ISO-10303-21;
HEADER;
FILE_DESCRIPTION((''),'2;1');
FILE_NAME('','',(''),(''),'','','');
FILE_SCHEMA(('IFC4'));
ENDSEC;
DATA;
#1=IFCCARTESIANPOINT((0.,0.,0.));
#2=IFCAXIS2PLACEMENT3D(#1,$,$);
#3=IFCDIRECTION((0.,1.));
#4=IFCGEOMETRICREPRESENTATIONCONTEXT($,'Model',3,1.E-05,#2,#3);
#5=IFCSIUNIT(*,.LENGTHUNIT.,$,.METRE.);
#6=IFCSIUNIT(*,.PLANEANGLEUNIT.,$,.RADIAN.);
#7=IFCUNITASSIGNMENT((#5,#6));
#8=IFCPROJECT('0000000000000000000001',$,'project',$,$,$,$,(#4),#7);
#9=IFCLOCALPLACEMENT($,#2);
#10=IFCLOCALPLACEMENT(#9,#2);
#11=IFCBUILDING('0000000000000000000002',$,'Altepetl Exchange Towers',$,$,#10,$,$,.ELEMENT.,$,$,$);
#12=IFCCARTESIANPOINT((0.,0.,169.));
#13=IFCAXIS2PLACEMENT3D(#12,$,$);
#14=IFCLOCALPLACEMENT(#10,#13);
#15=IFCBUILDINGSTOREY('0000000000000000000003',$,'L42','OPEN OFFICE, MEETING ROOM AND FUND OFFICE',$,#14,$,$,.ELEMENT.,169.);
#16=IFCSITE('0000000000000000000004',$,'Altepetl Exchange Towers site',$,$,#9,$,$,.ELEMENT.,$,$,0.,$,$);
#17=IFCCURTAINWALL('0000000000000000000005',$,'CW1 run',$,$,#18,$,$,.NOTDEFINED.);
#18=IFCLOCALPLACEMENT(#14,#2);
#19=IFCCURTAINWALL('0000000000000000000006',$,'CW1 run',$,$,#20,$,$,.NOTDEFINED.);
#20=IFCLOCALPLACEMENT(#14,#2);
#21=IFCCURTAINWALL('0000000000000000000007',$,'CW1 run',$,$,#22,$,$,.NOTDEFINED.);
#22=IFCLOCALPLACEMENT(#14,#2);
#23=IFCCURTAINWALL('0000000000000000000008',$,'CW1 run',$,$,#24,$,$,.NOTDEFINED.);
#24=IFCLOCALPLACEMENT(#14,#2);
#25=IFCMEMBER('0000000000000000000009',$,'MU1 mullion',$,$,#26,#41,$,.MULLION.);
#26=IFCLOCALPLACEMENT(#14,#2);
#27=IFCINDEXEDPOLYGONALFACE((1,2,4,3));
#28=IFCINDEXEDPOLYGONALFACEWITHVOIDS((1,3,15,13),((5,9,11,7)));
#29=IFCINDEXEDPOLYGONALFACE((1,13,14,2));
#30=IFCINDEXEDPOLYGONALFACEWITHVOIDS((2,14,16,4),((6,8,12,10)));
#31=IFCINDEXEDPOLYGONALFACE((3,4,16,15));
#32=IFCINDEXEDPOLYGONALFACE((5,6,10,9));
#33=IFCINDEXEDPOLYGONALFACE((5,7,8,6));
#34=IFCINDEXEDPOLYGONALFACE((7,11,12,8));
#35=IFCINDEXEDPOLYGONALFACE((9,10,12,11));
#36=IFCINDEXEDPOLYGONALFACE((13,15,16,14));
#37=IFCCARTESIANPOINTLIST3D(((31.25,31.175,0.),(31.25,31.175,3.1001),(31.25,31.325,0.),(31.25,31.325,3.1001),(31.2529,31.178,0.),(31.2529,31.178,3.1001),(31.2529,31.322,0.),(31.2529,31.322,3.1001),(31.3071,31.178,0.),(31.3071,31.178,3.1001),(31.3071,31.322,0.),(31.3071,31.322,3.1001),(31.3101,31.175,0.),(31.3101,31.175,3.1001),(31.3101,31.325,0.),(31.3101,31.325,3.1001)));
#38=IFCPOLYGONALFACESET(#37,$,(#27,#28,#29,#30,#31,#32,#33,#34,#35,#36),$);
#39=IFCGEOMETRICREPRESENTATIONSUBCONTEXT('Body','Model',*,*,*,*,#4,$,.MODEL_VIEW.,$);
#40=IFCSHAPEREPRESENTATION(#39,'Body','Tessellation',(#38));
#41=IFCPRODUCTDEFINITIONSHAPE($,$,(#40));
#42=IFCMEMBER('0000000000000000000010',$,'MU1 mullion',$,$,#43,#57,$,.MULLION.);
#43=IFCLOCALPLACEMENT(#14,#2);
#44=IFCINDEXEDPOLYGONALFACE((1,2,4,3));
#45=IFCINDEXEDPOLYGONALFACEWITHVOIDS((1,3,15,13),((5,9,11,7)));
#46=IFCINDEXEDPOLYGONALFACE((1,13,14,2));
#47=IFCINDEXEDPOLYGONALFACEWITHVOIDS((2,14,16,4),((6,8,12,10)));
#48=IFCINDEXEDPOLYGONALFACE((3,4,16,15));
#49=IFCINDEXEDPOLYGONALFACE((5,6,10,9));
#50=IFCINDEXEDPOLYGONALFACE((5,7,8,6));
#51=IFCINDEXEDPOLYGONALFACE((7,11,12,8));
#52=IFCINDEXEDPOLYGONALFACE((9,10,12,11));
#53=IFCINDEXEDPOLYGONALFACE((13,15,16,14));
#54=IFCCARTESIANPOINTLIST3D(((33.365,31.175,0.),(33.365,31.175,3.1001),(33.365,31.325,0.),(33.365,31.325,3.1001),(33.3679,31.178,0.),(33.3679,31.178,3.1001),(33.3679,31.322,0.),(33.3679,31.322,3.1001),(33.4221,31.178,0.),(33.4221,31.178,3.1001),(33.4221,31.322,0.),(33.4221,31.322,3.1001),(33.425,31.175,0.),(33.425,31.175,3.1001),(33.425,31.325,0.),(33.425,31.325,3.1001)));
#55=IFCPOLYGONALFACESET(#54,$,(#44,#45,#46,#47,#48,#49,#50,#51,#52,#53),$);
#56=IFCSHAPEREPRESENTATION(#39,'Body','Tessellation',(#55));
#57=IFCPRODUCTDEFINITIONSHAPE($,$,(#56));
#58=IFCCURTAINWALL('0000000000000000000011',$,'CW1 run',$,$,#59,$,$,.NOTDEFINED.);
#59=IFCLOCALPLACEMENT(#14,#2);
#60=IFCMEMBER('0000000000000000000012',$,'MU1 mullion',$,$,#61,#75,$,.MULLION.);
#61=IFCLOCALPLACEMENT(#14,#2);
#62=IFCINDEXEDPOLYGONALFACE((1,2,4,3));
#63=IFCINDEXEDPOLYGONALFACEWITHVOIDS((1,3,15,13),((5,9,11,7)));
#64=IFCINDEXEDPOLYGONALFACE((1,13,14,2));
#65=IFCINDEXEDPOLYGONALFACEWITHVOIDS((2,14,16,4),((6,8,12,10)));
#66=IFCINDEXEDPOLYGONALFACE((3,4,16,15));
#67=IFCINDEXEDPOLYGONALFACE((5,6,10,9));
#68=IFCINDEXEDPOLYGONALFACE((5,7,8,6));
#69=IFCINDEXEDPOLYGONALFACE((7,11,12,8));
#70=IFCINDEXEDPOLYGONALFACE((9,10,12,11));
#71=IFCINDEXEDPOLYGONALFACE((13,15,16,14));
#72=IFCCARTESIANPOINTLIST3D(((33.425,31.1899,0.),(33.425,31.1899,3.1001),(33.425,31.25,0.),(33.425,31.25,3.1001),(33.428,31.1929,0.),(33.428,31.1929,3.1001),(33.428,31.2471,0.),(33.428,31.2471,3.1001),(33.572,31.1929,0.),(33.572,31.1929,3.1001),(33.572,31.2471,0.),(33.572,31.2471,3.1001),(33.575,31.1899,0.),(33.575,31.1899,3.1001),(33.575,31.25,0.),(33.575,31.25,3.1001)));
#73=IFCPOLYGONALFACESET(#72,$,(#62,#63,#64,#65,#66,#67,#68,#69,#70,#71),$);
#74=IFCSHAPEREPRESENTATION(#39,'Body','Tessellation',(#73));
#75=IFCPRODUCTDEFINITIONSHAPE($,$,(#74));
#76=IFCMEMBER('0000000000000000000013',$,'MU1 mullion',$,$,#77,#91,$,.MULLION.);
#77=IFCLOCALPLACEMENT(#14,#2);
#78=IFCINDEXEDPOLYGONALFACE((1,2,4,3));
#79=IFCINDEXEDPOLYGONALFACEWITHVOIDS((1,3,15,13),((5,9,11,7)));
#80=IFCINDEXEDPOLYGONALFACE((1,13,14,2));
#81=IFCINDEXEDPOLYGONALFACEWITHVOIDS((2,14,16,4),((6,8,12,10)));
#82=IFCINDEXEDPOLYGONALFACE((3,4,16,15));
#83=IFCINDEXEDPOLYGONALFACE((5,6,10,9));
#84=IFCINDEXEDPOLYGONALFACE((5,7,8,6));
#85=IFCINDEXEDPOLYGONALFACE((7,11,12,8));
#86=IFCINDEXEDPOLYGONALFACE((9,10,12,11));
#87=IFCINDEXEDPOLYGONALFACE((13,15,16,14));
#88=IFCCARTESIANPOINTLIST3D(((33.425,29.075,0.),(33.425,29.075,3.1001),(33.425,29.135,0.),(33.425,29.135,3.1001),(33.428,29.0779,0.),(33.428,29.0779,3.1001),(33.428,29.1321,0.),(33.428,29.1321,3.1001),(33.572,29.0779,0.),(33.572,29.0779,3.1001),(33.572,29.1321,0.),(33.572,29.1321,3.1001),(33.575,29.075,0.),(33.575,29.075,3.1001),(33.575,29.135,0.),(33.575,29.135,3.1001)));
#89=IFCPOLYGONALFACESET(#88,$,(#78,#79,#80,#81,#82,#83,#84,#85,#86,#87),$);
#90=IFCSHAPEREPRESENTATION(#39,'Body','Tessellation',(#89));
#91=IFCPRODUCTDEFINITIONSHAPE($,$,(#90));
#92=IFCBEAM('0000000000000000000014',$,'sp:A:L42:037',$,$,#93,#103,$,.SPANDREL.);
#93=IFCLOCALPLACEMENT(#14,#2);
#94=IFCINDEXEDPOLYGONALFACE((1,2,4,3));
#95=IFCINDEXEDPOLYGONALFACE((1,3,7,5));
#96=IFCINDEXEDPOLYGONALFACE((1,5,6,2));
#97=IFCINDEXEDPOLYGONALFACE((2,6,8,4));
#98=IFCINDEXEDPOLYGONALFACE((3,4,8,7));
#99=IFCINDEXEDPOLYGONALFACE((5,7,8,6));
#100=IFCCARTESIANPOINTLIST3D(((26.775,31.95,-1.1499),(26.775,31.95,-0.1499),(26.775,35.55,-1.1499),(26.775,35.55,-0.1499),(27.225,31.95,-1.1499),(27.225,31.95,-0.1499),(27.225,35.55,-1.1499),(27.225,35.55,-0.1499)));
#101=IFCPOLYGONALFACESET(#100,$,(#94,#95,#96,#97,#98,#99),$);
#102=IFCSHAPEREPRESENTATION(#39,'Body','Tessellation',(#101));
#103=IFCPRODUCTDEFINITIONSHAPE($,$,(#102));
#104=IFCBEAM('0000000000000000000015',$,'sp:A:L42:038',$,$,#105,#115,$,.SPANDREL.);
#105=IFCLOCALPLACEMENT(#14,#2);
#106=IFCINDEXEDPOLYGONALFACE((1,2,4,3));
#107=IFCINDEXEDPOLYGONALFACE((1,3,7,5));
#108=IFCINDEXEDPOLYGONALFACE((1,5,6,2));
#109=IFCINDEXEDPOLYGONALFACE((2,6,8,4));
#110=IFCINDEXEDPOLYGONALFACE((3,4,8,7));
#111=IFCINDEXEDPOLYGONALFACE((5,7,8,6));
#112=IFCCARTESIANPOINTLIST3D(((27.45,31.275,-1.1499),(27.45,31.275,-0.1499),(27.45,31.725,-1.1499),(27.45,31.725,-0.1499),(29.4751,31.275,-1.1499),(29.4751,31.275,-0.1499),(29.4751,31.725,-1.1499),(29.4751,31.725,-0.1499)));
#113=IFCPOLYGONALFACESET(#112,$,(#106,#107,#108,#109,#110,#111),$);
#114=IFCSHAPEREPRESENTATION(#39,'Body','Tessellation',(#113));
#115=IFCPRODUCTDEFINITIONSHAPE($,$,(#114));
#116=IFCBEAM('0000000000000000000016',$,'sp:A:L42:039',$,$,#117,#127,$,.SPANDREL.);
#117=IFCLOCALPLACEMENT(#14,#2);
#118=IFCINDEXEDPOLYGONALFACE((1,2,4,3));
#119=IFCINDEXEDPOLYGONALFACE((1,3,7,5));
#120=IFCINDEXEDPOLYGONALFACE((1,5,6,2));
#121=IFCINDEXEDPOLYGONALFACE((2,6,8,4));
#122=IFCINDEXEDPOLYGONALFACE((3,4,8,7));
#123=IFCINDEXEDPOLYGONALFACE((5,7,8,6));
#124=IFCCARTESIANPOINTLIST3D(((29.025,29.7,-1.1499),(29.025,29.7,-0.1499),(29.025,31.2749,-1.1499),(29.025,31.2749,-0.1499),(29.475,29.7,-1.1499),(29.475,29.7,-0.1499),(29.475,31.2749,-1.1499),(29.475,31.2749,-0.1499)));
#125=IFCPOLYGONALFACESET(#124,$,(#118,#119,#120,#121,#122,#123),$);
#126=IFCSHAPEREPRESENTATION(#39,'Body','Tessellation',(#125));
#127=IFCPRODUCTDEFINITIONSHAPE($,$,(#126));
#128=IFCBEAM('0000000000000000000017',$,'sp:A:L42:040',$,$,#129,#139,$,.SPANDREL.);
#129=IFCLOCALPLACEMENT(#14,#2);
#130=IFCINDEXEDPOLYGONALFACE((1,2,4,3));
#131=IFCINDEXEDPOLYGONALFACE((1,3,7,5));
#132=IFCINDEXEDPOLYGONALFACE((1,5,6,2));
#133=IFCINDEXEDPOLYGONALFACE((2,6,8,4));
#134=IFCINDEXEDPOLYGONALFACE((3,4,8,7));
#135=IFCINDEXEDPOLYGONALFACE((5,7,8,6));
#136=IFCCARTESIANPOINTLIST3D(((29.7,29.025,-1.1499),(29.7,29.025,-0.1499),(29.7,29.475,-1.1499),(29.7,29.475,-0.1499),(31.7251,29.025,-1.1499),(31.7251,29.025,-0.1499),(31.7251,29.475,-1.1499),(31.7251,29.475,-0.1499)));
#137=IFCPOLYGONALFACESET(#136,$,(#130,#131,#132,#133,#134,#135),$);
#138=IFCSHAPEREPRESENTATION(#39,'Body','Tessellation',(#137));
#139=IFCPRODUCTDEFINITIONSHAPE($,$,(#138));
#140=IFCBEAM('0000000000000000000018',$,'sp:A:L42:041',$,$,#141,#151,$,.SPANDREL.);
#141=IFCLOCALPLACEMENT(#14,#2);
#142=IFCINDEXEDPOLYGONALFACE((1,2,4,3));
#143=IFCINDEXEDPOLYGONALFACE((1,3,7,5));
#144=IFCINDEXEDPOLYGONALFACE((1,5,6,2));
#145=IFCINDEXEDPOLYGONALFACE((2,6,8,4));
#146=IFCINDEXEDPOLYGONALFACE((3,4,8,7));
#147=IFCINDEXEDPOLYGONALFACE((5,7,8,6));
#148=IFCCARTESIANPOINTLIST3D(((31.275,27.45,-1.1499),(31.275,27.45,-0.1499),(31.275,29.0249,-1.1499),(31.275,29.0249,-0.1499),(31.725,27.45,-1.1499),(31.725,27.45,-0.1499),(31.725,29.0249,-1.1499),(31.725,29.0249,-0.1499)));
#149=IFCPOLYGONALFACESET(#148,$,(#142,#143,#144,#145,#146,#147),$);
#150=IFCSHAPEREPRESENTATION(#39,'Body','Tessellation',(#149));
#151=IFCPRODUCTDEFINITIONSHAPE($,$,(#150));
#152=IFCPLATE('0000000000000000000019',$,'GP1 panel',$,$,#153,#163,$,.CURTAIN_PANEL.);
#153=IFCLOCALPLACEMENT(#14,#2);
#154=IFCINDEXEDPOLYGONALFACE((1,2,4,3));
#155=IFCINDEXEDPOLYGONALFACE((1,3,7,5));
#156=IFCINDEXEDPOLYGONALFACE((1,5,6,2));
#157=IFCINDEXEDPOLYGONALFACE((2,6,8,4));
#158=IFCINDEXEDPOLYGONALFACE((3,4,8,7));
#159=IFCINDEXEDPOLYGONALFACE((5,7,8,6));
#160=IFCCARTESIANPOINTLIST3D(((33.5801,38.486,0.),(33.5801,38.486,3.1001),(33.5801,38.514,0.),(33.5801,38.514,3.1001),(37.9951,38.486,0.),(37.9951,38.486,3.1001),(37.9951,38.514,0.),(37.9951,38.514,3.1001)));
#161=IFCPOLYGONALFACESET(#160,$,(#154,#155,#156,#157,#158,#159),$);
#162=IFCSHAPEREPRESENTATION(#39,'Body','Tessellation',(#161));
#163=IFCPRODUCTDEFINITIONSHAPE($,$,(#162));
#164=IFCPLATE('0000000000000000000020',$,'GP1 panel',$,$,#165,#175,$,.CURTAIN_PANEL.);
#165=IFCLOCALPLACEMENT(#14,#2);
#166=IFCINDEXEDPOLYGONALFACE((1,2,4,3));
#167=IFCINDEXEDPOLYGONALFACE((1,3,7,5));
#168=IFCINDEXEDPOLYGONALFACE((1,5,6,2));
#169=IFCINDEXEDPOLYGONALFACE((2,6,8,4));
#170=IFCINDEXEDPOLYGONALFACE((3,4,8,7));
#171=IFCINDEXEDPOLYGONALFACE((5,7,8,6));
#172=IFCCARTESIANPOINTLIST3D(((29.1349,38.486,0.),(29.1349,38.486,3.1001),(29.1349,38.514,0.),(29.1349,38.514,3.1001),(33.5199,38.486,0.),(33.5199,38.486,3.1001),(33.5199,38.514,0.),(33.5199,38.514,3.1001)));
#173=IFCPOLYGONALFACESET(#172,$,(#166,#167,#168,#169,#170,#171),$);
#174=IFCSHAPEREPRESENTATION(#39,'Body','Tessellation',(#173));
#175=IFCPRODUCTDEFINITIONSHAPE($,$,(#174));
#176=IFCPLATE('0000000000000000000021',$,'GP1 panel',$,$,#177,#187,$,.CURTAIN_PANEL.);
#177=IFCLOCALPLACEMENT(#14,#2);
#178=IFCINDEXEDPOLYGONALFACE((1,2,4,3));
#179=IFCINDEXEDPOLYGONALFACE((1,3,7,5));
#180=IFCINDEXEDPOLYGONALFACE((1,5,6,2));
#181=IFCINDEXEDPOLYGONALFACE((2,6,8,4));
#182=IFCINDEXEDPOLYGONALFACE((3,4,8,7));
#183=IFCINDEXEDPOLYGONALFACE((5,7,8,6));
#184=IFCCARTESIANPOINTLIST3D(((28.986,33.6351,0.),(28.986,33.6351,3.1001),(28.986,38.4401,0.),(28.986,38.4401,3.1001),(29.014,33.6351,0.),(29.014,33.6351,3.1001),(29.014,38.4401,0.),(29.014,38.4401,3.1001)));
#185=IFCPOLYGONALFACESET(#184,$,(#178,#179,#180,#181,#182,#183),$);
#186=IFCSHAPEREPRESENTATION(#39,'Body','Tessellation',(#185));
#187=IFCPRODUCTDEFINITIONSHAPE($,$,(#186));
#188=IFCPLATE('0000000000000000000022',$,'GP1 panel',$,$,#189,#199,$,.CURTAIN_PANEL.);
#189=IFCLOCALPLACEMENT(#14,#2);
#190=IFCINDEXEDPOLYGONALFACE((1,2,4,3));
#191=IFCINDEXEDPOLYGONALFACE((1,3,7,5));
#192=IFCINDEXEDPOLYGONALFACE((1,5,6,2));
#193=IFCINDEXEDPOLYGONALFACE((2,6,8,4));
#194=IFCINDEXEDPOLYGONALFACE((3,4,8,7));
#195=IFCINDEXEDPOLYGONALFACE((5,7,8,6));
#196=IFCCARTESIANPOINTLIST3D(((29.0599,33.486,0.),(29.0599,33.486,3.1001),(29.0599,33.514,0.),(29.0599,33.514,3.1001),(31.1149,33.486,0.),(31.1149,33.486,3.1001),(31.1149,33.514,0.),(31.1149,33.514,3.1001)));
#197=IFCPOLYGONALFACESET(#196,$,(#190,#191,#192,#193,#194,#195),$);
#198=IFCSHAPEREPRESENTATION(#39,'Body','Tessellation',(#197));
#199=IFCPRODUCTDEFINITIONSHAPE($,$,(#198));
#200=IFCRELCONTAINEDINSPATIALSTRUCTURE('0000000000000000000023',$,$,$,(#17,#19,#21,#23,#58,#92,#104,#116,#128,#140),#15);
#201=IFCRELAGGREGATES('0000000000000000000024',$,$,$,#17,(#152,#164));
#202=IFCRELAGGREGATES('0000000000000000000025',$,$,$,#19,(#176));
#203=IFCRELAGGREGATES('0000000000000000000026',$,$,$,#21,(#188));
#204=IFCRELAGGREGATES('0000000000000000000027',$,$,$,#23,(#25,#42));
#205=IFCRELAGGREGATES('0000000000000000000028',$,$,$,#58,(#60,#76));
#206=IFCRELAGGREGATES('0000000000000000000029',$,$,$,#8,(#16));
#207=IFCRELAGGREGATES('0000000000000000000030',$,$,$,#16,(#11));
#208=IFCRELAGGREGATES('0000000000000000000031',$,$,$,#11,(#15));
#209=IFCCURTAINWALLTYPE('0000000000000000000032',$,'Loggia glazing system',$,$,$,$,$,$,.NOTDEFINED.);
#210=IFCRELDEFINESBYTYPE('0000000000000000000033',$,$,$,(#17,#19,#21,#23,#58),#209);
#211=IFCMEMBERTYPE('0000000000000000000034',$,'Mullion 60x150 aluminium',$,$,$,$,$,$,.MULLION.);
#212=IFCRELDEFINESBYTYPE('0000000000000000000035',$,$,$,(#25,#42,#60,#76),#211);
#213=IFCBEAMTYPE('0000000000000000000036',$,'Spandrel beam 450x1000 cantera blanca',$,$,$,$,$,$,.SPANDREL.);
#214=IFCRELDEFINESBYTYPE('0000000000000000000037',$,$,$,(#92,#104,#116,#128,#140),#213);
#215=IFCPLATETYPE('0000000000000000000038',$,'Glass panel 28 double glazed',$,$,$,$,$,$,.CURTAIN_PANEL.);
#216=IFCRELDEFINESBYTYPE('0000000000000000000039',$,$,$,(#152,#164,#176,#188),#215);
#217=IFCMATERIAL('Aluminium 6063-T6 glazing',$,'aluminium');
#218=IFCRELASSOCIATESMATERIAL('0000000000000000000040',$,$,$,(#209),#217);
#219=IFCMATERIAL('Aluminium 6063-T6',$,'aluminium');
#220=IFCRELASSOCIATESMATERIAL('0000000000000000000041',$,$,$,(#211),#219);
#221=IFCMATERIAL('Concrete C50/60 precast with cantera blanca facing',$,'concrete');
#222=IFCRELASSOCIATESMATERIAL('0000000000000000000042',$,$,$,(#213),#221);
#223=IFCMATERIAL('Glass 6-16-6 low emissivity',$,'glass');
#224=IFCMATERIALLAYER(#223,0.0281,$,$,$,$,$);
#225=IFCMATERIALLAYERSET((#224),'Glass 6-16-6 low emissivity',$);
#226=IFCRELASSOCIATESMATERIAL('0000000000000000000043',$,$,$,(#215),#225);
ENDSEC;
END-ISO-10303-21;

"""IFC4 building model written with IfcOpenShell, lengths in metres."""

from ifc_helpers import new_model, si_unit, direction, frame, origin, origin_2d, place, context, subcontext, project, spatial, rectangle, hollow_rectangle, extrude, material, layer, layer_set, material_profile, profile_set, type_object, element, aggregate, save


model = new_model("IFC4")

# Units and contexts
model_context = context("Model", 3, precision=1e-05, world=origin(), true_north=direction((0.0, 1.0)))
body_context = subcontext(model_context, "Body", "Model", "MODEL_VIEW")
ifc_project = project(units=[si_unit("LENGTHUNIT", "METRE"), si_unit("PLANEANGLEUNIT", "RADIAN")], contexts=[model_context])

# Site, building, storey
site_placement = place(None, origin())
site = spatial("IfcSite", under=ifc_project, at=site_placement, Name="Altepetl Exchange Towers site", CompositionType="ELEMENT", RefElevation=0.0)
building_placement = place(site_placement, origin())
building = spatial("IfcBuilding", under=site, at=building_placement, Name="Altepetl Exchange Towers", CompositionType="ELEMENT")
storey_placement = place(building_placement, frame((0.0, 0.0, 169.0)))
storey = spatial("IfcBuildingStorey", under=building, at=storey_placement, Name="L42", Description="OPEN OFFICE, MEETING ROOM AND FUND OFFICE", CompositionType="ELEMENT", Elevation=169.0)

# Curtain walls, members
ifc_material_1 = material(Name="Aluminium 6063-T6 glazing", Category="aluminium")
curtain_wall_type = type_object("IfcCurtainWallType", Name="Loggia glazing system", PredefinedType="NOTDEFINED", material=ifc_material_1)
curtain_wall_1_placement = place(storey_placement, origin())
curtain_wall_1 = element("IfcCurtainWall", 1, at=curtain_wall_1_placement, inside=storey, type_object=curtain_wall_type, Name="CW1 run", PredefinedType="NOTDEFINED")
ifc_material_2 = material(Name="Aluminium 6063-T6", Category="aluminium")
ifc_material_profile_1 = material_profile(ifc_material_2, hollow_rectangle(XDim=0.0601, YDim=0.1499, WallThickness=0.0029, at=origin_2d()), Name="Mullion 60x150 aluminium")
ifc_profile_set_1 = profile_set([ifc_material_profile_1], Name="Aluminium 6063-T6")
member_type = type_object("IfcMemberType", Name="Mullion 60x150 aluminium", PredefinedType="MULLION", material=ifc_profile_set_1)
curtain_wall_2_placement = place(storey_placement, origin())
curtain_wall_2 = element("IfcCurtainWall", 2, at=curtain_wall_2_placement, inside=storey, type_object=curtain_wall_type, Name="CW1 run", PredefinedType="NOTDEFINED")
curtain_wall_3_placement = place(storey_placement, origin())
curtain_wall_3 = element("IfcCurtainWall", 3, at=curtain_wall_3_placement, inside=storey, type_object=curtain_wall_type, Name="CW1 run", PredefinedType="NOTDEFINED")
curtain_wall_4_placement = place(storey_placement, origin())
curtain_wall_4 = element("IfcCurtainWall", 4, at=curtain_wall_4_placement, inside=storey, type_object=curtain_wall_type, Name="CW1 run", PredefinedType="NOTDEFINED")
member_1_placement = place(storey_placement, frame((31.28, 31.25, 0.0)))
member_1 = element("IfcMember", 5, at=member_1_placement, type_object=member_type, Name="MU1 mullion", PredefinedType="MULLION", context=body_context, shape_type="SweptSolid", body=[
    extrude(hollow_rectangle(XDim=0.0601, YDim=0.1499, WallThickness=0.0029, at=origin_2d()), origin(), (0.0, 0.0, 1.0), 3.1001),
])
member_2_placement = place(storey_placement, frame((33.395, 31.25, 0.0)))
member_2 = element("IfcMember", 6, at=member_2_placement, type_object=member_type, Name="MU1 mullion", PredefinedType="MULLION", context=body_context, shape_type="SweptSolid", body=[
    extrude(hollow_rectangle(XDim=0.0601, YDim=0.1499, WallThickness=0.0029, at=origin_2d()), origin(), (0.0, 0.0, 1.0), 3.1001),
])
curtain_wall_5_placement = place(storey_placement, origin())
curtain_wall_5 = element("IfcCurtainWall", 7, at=curtain_wall_5_placement, inside=storey, type_object=curtain_wall_type, Name="CW1 run", PredefinedType="NOTDEFINED")
member_3_placement = place(storey_placement, frame((33.5, 31.22, 0.0), z_axis=(0.0, 0.0, 1.0), x_axis=(0.0, -1.0, 0.0)))
member_3 = element("IfcMember", 8, at=member_3_placement, type_object=member_type, Name="MU1 mullion", PredefinedType="MULLION", context=body_context, shape_type="SweptSolid", body=[
    extrude(hollow_rectangle(XDim=0.0601, YDim=0.1499, WallThickness=0.0029, at=origin_2d()), origin(), (0.0, 0.0, 1.0), 3.1001),
])
member_4_placement = place(storey_placement, frame((33.5, 29.105, 0.0), z_axis=(0.0, 0.0, 1.0), x_axis=(0.0, -1.0, 0.0)))
member_4 = element("IfcMember", 9, at=member_4_placement, type_object=member_type, Name="MU1 mullion", PredefinedType="MULLION", context=body_context, shape_type="SweptSolid", body=[
    extrude(hollow_rectangle(XDim=0.0601, YDim=0.1499, WallThickness=0.0029, at=origin_2d()), origin(), (0.0, 0.0, 1.0), 3.1001),
])

# Beams
ifc_material_3 = material(Name="Concrete C50/60 precast with cantera blanca facing", Category="concrete")
ifc_material_profile_2 = material_profile(ifc_material_3, rectangle(XDim=0.45, YDim=1.0, at=origin_2d()), Name="450 x 1000")
ifc_profile_set_2 = profile_set([ifc_material_profile_2], Name="Concrete C50/60 precast with cantera blanca facing")
beam_type_1 = type_object("IfcBeamType", Name="Spandrel beam 450x1000 cantera blanca", PredefinedType="SPANDREL", material=ifc_profile_set_2)
beam_1_placement = place(storey_placement, frame((27.0, 35.55, -0.6499), z_axis=(0.0, -1.0, 0.0), x_axis=(1.0, 0.0, 0.0)))
element("IfcBeam", 10, at=beam_1_placement, inside=storey, type_object=beam_type_1, Name="sp:A:L42:037", PredefinedType="SPANDREL", context=body_context, shape_type="SweptSolid", body=[
    extrude(rectangle(XDim=0.45, YDim=1.0, at=origin_2d()), origin(), (0.0, 0.0, 1.0), 3.6001),
])
beam_2_placement = place(storey_placement, frame((27.45, 31.5, -0.6499), z_axis=(1.0, 0.0, 0.0), x_axis=(0.0, 1.0, 0.0)))
element("IfcBeam", 11, at=beam_2_placement, inside=storey, type_object=beam_type_1, Name="sp:A:L42:038", PredefinedType="SPANDREL", context=body_context, shape_type="SweptSolid", body=[
    extrude(rectangle(XDim=0.45, YDim=1.0, at=origin_2d()), origin(), (0.0, 0.0, 1.0), 2.0251),
])
beam_3_placement = place(storey_placement, frame((29.25, 31.2749, -0.6499), z_axis=(0.0, -1.0, 0.0), x_axis=(1.0, 0.0, 0.0)))
element("IfcBeam", 12, at=beam_3_placement, inside=storey, type_object=beam_type_1, Name="sp:A:L42:039", PredefinedType="SPANDREL", context=body_context, shape_type="SweptSolid", body=[
    extrude(rectangle(XDim=0.45, YDim=1.0, at=origin_2d()), origin(), (0.0, 0.0, 1.0), 1.575),
])
beam_4_placement = place(storey_placement, frame((29.7, 29.25, -0.6499), z_axis=(1.0, 0.0, 0.0), x_axis=(0.0, 1.0, 0.0)))
element("IfcBeam", 13, at=beam_4_placement, inside=storey, type_object=beam_type_1, Name="sp:A:L42:040", PredefinedType="SPANDREL", context=body_context, shape_type="SweptSolid", body=[
    extrude(rectangle(XDim=0.45, YDim=1.0, at=origin_2d()), origin(), (0.0, 0.0, 1.0), 2.0251),
])
beam_5_placement = place(storey_placement, frame((31.5, 29.0249, -0.6499), z_axis=(0.0, -1.0, 0.0), x_axis=(1.0, 0.0, 0.0)))
element("IfcBeam", 14, at=beam_5_placement, inside=storey, type_object=beam_type_1, Name="sp:A:L42:041", PredefinedType="SPANDREL", context=body_context, shape_type="SweptSolid", body=[
    extrude(rectangle(XDim=0.45, YDim=1.0, at=origin_2d()), origin(), (0.0, 0.0, 1.0), 1.575),
])

# Plates
ifc_material_4 = material(Name="Glass 6-16-6 low emissivity", Category="glass")
ifc_layer = layer(ifc_material_4, 0.0281)
ifc_layer_set = layer_set([ifc_layer], Name="Glass 6-16-6 low emissivity")
plate_type = type_object("IfcPlateType", Name="Glass panel 28 double glazed", PredefinedType="CURTAIN_PANEL", material=ifc_layer_set)
plate_1_placement = place(storey_placement, frame((35.7876, 38.5, 0.0), z_axis=(0.0, 0.0, 1.0), x_axis=(-1.0, 0.0, 0.0)))
plate_1 = element("IfcPlate", 15, at=plate_1_placement, type_object=plate_type, Name="GP1 panel", PredefinedType="CURTAIN_PANEL", context=body_context, shape_type="SweptSolid", body=[
    extrude(rectangle(XDim=4.415, YDim=0.0281, at=origin_2d()), origin(), (0.0, 0.0, 1.0), 3.1001),
])
plate_2_placement = place(storey_placement, frame((31.3274, 38.5, 0.0), z_axis=(0.0, 0.0, 1.0), x_axis=(-1.0, 0.0, 0.0)))
plate_2 = element("IfcPlate", 16, at=plate_2_placement, type_object=plate_type, Name="GP1 panel", PredefinedType="CURTAIN_PANEL", context=body_context, shape_type="SweptSolid", body=[
    extrude(rectangle(XDim=4.385, YDim=0.0281, at=origin_2d()), origin(), (0.0, 0.0, 1.0), 3.1001),
])
aggregate(curtain_wall_1, [plate_1, plate_2])
plate_3_placement = place(storey_placement, frame((29.0, 36.0376, 0.0), z_axis=(0.0, 0.0, 1.0), x_axis=(0.0, -1.0, 0.0)))
plate_3 = element("IfcPlate", 17, at=plate_3_placement, type_object=plate_type, Name="GP1 panel", PredefinedType="CURTAIN_PANEL", context=body_context, shape_type="SweptSolid", body=[
    extrude(rectangle(XDim=4.8049, YDim=0.0281, at=origin_2d()), origin(), (0.0, 0.0, 1.0), 3.1001),
])
aggregate(curtain_wall_2, [plate_3])
plate_4_placement = place(storey_placement, frame((30.0874, 33.5, 0.0)))
plate_4 = element("IfcPlate", 18, at=plate_4_placement, type_object=plate_type, Name="GP1 panel", PredefinedType="CURTAIN_PANEL", context=body_context, shape_type="SweptSolid", body=[
    extrude(rectangle(XDim=2.0549, YDim=0.0281, at=origin_2d()), origin(), (0.0, 0.0, 1.0), 3.1001),
])
aggregate(curtain_wall_3, [plate_4])
aggregate(curtain_wall_4, [member_1, member_2])
aggregate(curtain_wall_5, [member_3, member_4])

save(model, "model.ifc")
